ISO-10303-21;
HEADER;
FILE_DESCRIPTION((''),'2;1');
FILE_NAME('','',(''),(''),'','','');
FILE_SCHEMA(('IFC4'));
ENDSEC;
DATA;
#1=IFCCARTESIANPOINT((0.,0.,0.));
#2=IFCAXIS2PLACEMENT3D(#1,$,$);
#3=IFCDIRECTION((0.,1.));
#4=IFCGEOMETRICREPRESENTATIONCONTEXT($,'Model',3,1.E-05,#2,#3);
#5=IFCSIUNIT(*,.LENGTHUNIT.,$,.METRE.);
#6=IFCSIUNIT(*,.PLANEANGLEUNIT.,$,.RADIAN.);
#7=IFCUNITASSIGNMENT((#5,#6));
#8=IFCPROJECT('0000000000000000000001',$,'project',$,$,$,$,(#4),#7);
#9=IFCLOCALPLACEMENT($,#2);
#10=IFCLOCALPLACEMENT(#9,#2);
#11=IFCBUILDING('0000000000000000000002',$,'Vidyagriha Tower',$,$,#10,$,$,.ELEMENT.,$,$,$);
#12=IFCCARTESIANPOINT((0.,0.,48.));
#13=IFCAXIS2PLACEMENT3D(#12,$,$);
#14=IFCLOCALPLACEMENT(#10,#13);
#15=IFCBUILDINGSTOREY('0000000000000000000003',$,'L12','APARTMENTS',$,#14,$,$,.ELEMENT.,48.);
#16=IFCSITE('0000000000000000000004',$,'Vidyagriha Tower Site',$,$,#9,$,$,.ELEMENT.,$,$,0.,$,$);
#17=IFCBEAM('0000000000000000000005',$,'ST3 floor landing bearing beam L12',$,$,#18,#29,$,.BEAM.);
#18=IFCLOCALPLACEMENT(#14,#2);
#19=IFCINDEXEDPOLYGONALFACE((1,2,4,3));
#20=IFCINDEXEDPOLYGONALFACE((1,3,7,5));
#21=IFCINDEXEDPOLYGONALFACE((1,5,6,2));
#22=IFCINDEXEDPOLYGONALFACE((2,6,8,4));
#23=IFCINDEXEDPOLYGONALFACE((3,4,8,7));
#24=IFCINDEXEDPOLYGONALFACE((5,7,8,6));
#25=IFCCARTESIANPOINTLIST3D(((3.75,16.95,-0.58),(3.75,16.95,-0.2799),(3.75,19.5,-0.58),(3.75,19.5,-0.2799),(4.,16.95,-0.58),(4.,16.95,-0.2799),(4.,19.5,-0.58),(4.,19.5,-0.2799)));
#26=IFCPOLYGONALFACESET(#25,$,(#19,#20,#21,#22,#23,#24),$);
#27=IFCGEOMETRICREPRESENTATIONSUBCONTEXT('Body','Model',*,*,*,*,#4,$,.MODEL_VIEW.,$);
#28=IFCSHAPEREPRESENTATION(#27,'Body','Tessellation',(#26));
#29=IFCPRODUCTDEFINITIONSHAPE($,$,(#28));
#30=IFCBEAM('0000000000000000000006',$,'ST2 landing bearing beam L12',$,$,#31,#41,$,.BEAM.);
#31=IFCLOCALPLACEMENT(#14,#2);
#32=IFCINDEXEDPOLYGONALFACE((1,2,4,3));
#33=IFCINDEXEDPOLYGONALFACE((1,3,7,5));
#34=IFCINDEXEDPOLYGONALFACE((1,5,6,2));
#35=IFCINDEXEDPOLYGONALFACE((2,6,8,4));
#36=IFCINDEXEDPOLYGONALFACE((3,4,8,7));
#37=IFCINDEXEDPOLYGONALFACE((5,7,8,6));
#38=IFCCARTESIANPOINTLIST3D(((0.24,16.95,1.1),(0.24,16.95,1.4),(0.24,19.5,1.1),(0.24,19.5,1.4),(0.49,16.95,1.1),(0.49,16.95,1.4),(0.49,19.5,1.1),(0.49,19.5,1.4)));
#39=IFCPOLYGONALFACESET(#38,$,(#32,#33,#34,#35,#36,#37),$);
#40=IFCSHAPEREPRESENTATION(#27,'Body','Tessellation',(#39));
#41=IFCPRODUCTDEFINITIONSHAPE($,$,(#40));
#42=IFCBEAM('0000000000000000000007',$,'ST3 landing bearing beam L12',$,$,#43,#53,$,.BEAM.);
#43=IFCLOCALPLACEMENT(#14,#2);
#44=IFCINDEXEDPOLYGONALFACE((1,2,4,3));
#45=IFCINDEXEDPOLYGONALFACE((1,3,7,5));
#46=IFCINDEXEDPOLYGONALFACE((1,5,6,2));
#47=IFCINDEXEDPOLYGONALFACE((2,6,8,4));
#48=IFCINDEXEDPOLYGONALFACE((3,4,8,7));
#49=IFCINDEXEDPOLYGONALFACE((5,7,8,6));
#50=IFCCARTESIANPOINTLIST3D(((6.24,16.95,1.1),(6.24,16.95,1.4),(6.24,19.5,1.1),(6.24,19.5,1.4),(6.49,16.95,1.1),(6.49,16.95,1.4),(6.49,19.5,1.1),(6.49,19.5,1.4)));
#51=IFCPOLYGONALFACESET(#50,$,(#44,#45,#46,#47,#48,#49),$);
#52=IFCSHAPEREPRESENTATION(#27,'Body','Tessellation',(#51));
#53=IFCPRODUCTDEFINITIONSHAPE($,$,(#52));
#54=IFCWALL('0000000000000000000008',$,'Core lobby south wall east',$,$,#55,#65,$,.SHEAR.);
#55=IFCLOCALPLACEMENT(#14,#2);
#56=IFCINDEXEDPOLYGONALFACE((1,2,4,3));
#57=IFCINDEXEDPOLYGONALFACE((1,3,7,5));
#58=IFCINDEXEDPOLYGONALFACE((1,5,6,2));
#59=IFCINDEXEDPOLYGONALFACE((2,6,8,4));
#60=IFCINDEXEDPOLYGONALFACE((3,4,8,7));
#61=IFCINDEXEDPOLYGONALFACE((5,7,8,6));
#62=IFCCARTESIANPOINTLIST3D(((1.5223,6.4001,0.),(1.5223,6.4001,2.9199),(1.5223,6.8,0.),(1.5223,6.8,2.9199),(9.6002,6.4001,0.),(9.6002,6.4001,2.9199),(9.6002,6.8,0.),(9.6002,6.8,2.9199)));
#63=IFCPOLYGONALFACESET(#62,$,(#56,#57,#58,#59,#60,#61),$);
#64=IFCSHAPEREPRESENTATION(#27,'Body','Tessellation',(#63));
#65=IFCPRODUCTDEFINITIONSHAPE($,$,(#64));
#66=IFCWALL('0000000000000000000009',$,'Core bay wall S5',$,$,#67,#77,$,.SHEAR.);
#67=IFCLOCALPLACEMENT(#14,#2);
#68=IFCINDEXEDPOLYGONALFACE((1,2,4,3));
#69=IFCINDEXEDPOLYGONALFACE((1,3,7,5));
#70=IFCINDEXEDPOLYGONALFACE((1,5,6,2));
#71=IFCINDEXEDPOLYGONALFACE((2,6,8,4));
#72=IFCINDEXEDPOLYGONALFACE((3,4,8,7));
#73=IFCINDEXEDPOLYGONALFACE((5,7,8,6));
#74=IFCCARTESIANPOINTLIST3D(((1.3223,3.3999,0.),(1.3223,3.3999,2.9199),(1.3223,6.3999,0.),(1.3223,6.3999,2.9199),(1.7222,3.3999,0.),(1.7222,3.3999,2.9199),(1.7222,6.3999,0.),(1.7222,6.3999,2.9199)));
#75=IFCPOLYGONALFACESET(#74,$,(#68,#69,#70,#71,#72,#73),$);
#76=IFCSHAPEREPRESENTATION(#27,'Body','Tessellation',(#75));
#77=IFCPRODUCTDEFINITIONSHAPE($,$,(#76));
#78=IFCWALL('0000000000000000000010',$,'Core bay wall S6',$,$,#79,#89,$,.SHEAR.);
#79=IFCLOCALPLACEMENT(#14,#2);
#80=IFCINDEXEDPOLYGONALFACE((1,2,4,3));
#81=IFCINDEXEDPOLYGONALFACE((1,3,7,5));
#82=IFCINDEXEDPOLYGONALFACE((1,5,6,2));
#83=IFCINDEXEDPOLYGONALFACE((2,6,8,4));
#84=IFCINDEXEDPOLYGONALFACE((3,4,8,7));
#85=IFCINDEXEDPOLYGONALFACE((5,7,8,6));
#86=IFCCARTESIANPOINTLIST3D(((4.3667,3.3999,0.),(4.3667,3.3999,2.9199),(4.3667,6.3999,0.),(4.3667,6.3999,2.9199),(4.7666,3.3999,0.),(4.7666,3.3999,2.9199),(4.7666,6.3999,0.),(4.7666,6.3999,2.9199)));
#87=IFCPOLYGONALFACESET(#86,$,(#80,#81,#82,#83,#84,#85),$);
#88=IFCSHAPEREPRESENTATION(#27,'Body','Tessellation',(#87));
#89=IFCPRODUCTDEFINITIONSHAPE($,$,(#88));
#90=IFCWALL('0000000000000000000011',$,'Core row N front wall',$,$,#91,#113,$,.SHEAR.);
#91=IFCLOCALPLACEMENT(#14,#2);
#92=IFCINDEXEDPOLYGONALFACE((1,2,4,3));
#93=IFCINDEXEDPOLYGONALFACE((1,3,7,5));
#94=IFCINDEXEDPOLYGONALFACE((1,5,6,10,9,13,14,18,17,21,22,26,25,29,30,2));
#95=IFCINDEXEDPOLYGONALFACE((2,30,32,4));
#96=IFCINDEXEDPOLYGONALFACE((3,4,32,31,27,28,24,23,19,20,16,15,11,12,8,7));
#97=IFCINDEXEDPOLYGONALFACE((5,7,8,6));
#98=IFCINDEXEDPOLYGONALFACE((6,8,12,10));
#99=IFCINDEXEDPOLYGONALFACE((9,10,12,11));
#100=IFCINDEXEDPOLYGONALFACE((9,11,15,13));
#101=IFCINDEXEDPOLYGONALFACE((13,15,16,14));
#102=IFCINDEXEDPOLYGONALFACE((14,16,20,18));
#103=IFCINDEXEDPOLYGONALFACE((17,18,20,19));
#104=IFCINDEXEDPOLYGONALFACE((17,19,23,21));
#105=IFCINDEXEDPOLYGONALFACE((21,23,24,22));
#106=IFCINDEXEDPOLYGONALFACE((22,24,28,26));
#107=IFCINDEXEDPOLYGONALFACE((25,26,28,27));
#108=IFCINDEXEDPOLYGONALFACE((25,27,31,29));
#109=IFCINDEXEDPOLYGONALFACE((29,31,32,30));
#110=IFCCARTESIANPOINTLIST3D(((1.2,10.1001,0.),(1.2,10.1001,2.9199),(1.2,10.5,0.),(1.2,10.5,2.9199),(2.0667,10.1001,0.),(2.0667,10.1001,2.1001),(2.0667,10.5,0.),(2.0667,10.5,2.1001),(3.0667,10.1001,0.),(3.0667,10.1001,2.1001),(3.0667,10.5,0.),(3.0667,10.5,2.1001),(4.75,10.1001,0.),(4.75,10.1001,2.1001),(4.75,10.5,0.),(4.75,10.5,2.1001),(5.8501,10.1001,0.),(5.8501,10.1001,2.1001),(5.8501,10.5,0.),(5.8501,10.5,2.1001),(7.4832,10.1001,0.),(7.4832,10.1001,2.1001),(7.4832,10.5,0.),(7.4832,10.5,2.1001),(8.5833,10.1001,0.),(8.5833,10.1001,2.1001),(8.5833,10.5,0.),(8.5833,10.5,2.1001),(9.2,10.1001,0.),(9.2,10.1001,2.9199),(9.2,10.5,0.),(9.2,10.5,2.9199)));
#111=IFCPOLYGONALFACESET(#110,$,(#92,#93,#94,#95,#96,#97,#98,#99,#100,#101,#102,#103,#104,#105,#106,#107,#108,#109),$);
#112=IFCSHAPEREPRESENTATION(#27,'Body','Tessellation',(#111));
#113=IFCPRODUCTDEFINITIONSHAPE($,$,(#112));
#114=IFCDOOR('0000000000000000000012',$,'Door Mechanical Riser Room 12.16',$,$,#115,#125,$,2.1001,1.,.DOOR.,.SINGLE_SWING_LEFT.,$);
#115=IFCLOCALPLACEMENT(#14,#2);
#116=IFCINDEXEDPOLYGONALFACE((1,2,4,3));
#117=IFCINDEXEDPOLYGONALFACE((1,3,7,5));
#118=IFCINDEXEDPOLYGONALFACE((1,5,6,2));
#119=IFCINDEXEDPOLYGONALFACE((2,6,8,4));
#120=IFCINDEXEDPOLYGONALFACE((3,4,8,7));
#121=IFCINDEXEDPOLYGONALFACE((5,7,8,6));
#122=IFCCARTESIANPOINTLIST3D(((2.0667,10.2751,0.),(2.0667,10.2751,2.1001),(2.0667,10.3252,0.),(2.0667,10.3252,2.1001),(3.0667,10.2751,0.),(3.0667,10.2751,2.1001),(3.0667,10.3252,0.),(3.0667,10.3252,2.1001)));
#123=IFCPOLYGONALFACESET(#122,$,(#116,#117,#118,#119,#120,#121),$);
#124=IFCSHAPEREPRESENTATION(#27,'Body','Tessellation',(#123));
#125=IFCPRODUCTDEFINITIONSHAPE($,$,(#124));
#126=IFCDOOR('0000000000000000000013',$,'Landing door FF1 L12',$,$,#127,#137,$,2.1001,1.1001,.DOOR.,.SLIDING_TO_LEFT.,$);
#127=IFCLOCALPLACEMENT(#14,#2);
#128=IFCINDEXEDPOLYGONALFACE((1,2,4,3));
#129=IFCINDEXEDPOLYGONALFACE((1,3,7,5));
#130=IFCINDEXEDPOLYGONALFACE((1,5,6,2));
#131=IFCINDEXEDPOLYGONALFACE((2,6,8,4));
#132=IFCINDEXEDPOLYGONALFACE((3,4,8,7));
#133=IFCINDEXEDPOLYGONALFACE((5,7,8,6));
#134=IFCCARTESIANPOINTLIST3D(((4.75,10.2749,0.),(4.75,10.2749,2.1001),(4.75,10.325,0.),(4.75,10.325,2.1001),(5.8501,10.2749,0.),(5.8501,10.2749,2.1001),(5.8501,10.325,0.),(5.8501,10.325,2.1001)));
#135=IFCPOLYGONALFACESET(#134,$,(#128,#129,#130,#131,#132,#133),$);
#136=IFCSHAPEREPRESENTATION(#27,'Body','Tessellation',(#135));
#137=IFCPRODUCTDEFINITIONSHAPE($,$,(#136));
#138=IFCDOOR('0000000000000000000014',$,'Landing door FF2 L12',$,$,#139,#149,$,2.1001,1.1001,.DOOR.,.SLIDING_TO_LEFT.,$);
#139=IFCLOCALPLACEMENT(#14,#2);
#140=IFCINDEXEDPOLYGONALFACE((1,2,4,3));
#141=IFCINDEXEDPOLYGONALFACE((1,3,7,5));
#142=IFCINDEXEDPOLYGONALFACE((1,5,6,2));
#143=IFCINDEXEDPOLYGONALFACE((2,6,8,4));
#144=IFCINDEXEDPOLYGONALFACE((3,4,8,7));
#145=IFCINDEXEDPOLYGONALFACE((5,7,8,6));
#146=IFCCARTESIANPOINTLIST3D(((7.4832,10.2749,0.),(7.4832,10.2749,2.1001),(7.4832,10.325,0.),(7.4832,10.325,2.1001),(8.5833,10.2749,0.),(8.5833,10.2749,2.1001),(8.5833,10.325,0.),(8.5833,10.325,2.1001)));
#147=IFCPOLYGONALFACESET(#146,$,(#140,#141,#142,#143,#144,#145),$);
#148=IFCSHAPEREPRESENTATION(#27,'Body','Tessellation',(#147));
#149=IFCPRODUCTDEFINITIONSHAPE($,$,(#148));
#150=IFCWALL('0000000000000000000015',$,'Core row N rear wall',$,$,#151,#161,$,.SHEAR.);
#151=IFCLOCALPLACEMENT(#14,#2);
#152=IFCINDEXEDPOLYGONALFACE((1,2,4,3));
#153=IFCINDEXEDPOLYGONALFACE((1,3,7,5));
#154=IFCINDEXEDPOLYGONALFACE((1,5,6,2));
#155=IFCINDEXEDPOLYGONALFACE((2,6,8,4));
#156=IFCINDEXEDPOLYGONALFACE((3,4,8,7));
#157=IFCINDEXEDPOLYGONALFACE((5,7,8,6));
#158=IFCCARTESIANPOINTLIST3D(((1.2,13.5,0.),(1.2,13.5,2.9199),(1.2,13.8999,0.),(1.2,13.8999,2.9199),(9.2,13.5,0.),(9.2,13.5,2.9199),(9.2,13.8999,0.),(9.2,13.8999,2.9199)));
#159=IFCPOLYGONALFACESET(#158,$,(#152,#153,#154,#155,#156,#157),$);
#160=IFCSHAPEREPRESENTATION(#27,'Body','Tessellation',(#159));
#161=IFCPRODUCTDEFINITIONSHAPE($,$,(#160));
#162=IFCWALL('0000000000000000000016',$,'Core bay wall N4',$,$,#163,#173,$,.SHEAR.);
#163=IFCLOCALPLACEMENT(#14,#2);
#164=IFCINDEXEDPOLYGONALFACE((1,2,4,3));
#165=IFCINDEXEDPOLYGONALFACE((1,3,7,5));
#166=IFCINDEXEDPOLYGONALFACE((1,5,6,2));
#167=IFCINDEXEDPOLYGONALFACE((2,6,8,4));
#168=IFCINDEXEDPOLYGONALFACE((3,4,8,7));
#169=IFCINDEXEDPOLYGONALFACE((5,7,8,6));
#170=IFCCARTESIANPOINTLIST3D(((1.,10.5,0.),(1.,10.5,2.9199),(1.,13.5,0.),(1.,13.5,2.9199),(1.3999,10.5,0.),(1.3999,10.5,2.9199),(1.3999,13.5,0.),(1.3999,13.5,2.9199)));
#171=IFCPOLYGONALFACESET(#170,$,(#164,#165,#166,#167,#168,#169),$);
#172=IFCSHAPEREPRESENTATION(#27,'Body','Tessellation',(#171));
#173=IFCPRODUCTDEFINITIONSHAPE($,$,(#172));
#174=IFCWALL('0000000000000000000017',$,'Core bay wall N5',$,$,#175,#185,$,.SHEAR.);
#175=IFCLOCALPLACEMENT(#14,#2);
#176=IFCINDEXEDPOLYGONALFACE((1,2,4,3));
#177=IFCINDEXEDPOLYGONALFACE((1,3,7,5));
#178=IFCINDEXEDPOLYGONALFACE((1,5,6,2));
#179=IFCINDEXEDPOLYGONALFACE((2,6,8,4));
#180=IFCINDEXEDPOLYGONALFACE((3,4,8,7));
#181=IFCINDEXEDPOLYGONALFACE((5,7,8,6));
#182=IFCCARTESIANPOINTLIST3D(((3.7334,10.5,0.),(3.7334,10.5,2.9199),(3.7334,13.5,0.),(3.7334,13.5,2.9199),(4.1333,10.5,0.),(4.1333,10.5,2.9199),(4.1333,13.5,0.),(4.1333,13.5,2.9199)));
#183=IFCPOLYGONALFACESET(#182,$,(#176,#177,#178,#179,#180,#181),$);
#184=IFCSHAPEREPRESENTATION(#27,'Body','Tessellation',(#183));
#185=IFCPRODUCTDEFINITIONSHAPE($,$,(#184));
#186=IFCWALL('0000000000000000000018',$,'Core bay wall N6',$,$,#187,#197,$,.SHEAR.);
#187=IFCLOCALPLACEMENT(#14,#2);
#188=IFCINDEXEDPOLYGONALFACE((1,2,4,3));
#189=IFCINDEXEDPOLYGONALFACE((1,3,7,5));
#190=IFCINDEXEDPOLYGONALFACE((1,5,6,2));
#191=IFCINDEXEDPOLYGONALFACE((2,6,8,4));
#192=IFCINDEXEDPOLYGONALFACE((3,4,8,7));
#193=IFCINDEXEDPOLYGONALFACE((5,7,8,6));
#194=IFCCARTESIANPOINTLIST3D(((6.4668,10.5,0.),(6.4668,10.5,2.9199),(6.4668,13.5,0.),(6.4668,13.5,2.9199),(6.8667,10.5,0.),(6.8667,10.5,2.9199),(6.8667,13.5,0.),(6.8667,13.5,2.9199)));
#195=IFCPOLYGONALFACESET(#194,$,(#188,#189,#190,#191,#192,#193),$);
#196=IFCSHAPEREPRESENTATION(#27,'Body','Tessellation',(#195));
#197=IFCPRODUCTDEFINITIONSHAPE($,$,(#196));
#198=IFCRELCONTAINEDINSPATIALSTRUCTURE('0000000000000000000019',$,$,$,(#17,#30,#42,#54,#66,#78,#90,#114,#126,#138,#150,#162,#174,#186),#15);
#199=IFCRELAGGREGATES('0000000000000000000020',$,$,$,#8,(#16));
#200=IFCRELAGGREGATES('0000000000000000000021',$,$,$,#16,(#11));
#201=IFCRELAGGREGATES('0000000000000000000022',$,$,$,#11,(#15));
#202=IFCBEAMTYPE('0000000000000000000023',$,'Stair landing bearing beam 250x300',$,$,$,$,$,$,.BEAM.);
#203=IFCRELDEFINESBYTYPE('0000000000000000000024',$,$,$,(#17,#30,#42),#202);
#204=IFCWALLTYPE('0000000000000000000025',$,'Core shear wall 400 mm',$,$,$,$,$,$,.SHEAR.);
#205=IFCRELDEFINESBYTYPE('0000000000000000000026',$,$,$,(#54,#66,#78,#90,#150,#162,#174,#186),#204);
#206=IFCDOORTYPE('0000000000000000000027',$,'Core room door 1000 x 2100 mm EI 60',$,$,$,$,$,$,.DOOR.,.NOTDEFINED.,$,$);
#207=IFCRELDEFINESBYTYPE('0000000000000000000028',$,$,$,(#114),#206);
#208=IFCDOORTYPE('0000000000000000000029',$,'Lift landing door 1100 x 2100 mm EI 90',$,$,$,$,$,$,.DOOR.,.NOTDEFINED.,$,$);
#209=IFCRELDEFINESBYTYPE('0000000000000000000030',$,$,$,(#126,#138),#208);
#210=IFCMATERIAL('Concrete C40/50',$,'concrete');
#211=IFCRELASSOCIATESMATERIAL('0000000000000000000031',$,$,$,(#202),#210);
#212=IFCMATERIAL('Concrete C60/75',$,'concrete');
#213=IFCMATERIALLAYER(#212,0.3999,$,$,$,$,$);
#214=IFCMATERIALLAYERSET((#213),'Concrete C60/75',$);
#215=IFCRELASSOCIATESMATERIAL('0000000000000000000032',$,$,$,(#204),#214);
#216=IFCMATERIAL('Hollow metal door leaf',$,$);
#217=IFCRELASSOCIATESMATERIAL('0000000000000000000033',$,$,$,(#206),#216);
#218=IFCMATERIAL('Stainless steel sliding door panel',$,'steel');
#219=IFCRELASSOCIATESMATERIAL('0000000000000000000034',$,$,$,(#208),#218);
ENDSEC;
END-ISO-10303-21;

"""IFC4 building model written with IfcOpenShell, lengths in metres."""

from ifc_helpers import new_model, si_unit, direction, frame, frame_2d, origin, origin_2d, place, context, subcontext, project, spatial, rectangle, extrude, material, layer, layer_set, material_profile, profile_set, type_object, element, fill, save


model = new_model("IFC4")

# Units and contexts
model_context = context("Model", 3, precision=1e-05, world=origin(), true_north=direction((0.0, 1.0)))
body_context = subcontext(model_context, "Body", "Model", "MODEL_VIEW")
ifc_project = project(units=[si_unit("LENGTHUNIT", "METRE"), si_unit("PLANEANGLEUNIT", "RADIAN")], contexts=[model_context])

# Site, building, storey
site_placement = place(None, origin())
site = spatial("IfcSite", under=ifc_project, at=site_placement, Name="Vidyagriha Tower Site", CompositionType="ELEMENT", RefElevation=0.0)
building_placement = place(site_placement, origin())
building = spatial("IfcBuilding", under=site, at=building_placement, Name="Vidyagriha Tower", CompositionType="ELEMENT")
storey_placement = place(building_placement, frame((0.0, 0.0, 48.0)))
storey = spatial("IfcBuildingStorey", under=building, at=storey_placement, Name="L12", Description="APARTMENTS", CompositionType="ELEMENT", Elevation=48.0)

# Beams
ifc_material_1 = material(Name="Concrete C40/50", Category="concrete")
ifc_material_profile = material_profile(ifc_material_1, rectangle(XDim=0.25, YDim=0.3, at=origin_2d()), Name="Stair landing bearing beam 250x300")
ifc_profile_set = profile_set([ifc_material_profile], Name="Concrete C40/50")
beam_type = type_object("IfcBeamType", Name="Stair landing bearing beam 250x300", PredefinedType="BEAM", material=ifc_profile_set)
for number, where, z_axis, x_axis, name in (
    (1, (3.875, 16.95, -0.4299), (0.0, 1.0, 0.0), (-1.0, 0.0, 0.0), "ST3 floor landing bearing beam L12"),
    (2, (0.365, 16.95, 1.25), (0.0, 1.0, 0.0), (-1.0, 0.0, 0.0), "ST2 landing bearing beam L12"),
    (3, (6.365, 16.95, 1.25), (0.0, 1.0, 0.0), (-1.0, 0.0, 0.0), "ST3 landing bearing beam L12"),
):
    element("IfcBeam", number, at=place(storey_placement, frame(where, z_axis=z_axis, x_axis=x_axis)), inside=storey, type_object=beam_type, Name=name, PredefinedType="BEAM", context=body_context, shape_type="SweptSolid", body=[
        extrude(rectangle(XDim=0.25, YDim=0.3, at=origin_2d()), origin(), (0.0, 0.0, 1.0), 2.55),
    ])

# Walls
ifc_material_2 = material(Name="Concrete C60/75", Category="concrete")
ifc_layer_1 = layer(ifc_material_2, 0.3999)
ifc_layer_set_1 = layer_set([ifc_layer_1], Name="Concrete C60/75")
wall_type_1 = type_object("IfcWallType", Name="Core shear wall 400 mm", PredefinedType="SHEAR", material=ifc_layer_set_1)
wall_1_placement = place(storey_placement, frame((1.5222, 6.6001, 0.0)))
element("IfcWall", 4, at=wall_1_placement, inside=storey, type_object=wall_type_1, Name="Core lobby south wall east", PredefinedType="SHEAR", context=body_context, shape_type="SweptSolid", body=[
    extrude(rectangle(XDim=8.0779, YDim=0.3999, at=frame_2d((4.0391, 0.0))), origin(), (0.0, 0.0, 1.0), 2.9199),
])
for number, where, z_axis, x_axis, name in (
    (5, (1.5222, 3.3999, 0.0), (0.0, 0.0, 1.0), (0.0, 1.0, 0.0), "Core bay wall S5"),
    (6, (4.5667, 3.3999, 0.0), (0.0, 0.0, 1.0), (0.0, 1.0, 0.0), "Core bay wall S6"),
):
    element("IfcWall", number, at=place(storey_placement, frame(where, z_axis=z_axis, x_axis=x_axis)), inside=storey, type_object=wall_type_1, Name=name, PredefinedType="SHEAR", context=body_context, shape_type="SweptSolid", body=[
        extrude(rectangle(XDim=3.0, YDim=0.3999, at=frame_2d((1.5, 0.0))), origin(), (0.0, 0.0, 1.0), 2.9199),
    ])

# Wall, openings, doors
wall_2_placement = place(storey_placement, frame((1.2, 10.3, 0.0)))
wall_2 = element("IfcWall", 7, at=wall_2_placement, inside=storey, type_object=wall_type_1, Name="Core row N front wall", PredefinedType="SHEAR", context=body_context, shape_type="SweptSolid", body=[
    extrude(rectangle(XDim=8.0, YDim=0.3999, at=frame_2d((4.0, 0.0))), origin(), (0.0, 0.0, 1.0), 2.9199),
])
opening_1_placement = place(wall_2_placement, frame((3.55, 0.0, 0.0)))
opening_1 = element("IfcOpeningElement", 8, at=opening_1_placement, cuts=wall_2, PredefinedType="OPENING", context=body_context, shape_type="SweptSolid", body=[
    extrude(rectangle(XDim=1.1001, YDim=2.1001, at=frame_2d((0.55, 1.05))), frame((0.0, 0.21, 0.0), z_axis=(0.0, -1.0, 0.0), x_axis=(1.0, 0.0, 0.0)), (0.0, 0.0, 1.0), 0.4199),
])
opening_2_placement = place(wall_2_placement, frame((6.2832, 0.0, 0.0)))
opening_2 = element("IfcOpeningElement", 9, at=opening_2_placement, cuts=wall_2, PredefinedType="OPENING", context=body_context, shape_type="SweptSolid", body=[
    extrude(rectangle(XDim=1.1001, YDim=2.1001, at=frame_2d((0.55, 1.05))), frame((0.0, 0.21, 0.0), z_axis=(0.0, -1.0, 0.0), x_axis=(1.0, 0.0, 0.0)), (0.0, 0.0, 1.0), 0.4199),
])
opening_3_placement = place(wall_2_placement, frame((0.8667, 0.0, 0.0)))
opening_3 = element("IfcOpeningElement", 10, at=opening_3_placement, cuts=wall_2, PredefinedType="OPENING", context=body_context, shape_type="SweptSolid", body=[
    extrude(rectangle(XDim=1.0, YDim=2.1001, at=frame_2d((0.5, 1.05))), frame((0.0, 0.21, 0.0), z_axis=(0.0, -1.0, 0.0), x_axis=(1.0, 0.0, 0.0)), (0.0, 0.0, 1.0), 0.4199),
])
ifc_material_3 = material(Name="Hollow metal door leaf")
door_type_1 = type_object("IfcDoorType", Name="Core room door 1000 x 2100 mm EI 60", OperationType="NOTDEFINED", PredefinedType="DOOR", material=ifc_material_3)
door_1_placement = place(opening_3_placement, frame((1.0, 0.0, 0.0), z_axis=(0.0, 0.0, 1.0), x_axis=(-1.0, 0.0, 0.0)))
door_1 = element("IfcDoor", 11, at=door_1_placement, inside=storey, type_object=door_type_1, Name="Door Mechanical Riser Room 12.16", OperationType="SINGLE_SWING_LEFT", OverallHeight=2.1001, OverallWidth=1.0, PredefinedType="DOOR", context=body_context, shape_type="SweptSolid", body=[
    extrude(rectangle(XDim=1.0, YDim=2.1001, at=frame_2d((0.5, 1.05))), frame((0.0, 0.0249, 0.0), z_axis=(0.0, -1.0, 0.0), x_axis=(1.0, 0.0, 0.0)), (0.0, 0.0, 1.0), 0.05),
])
fill(opening_3, door_1)
ifc_material_4 = material(Name="Stainless steel sliding door panel", Category="steel")
door_type_2 = type_object("IfcDoorType", Name="Lift landing door 1100 x 2100 mm EI 90", OperationType="NOTDEFINED", PredefinedType="DOOR", material=ifc_material_4)
door_2_placement = place(opening_1_placement, origin())
door_2 = element("IfcDoor", 12, at=door_2_placement, inside=storey, type_object=door_type_2, Name="Landing door FF1 L12", OperationType="SLIDING_TO_LEFT", OverallHeight=2.1001, OverallWidth=1.1001, PredefinedType="DOOR", context=body_context, shape_type="SweptSolid", body=[
    extrude(rectangle(XDim=1.1001, YDim=2.1001, at=frame_2d((0.55, 1.05))), frame((0.0, 0.0249, 0.0), z_axis=(0.0, -1.0, 0.0), x_axis=(1.0, 0.0, 0.0)), (0.0, 0.0, 1.0), 0.05),
])
fill(opening_1, door_2)
door_3_placement = place(opening_2_placement, origin())
door_3 = element("IfcDoor", 13, at=door_3_placement, inside=storey, type_object=door_type_2, Name="Landing door FF2 L12", OperationType="SLIDING_TO_LEFT", OverallHeight=2.1001, OverallWidth=1.1001, PredefinedType="DOOR", context=body_context, shape_type="SweptSolid", body=[
    extrude(rectangle(XDim=1.1001, YDim=2.1001, at=frame_2d((0.55, 1.05))), frame((0.0, 0.0249, 0.0), z_axis=(0.0, -1.0, 0.0), x_axis=(1.0, 0.0, 0.0)), (0.0, 0.0, 1.0), 0.05),
])
fill(opening_2, door_3)

# Walls
wall_3_placement = place(storey_placement, frame((1.2, 13.7, 0.0)))
element("IfcWall", 14, at=wall_3_placement, inside=storey, type_object=wall_type_1, Name="Core row N rear wall", PredefinedType="SHEAR", context=body_context, shape_type="SweptSolid", body=[
    extrude(rectangle(XDim=8.0, YDim=0.3999, at=frame_2d((4.0, 0.0))), origin(), (0.0, 0.0, 1.0), 2.9199),
])
for number, where, z_axis, x_axis, name in (
    (15, (1.2, 10.5, 0.0), (0.0, 0.0, 1.0), (0.0, 1.0, 0.0), "Core bay wall N4"),
    (16, (3.9333, 10.5, 0.0), (0.0, 0.0, 1.0), (0.0, 1.0, 0.0), "Core bay wall N5"),
    (17, (6.6667, 10.5, 0.0), (0.0, 0.0, 1.0), (0.0, 1.0, 0.0), "Core bay wall N6"),
):
    element("IfcWall", number, at=place(storey_placement, frame(where, z_axis=z_axis, x_axis=x_axis)), inside=storey, type_object=wall_type_1, Name=name, PredefinedType="SHEAR", context=body_context, shape_type="SweptSolid", body=[
        extrude(rectangle(XDim=3.0, YDim=0.3999, at=frame_2d((1.5, 0.0))), origin(), (0.0, 0.0, 1.0), 2.9199),
    ])

save(model, "model.ifc")
